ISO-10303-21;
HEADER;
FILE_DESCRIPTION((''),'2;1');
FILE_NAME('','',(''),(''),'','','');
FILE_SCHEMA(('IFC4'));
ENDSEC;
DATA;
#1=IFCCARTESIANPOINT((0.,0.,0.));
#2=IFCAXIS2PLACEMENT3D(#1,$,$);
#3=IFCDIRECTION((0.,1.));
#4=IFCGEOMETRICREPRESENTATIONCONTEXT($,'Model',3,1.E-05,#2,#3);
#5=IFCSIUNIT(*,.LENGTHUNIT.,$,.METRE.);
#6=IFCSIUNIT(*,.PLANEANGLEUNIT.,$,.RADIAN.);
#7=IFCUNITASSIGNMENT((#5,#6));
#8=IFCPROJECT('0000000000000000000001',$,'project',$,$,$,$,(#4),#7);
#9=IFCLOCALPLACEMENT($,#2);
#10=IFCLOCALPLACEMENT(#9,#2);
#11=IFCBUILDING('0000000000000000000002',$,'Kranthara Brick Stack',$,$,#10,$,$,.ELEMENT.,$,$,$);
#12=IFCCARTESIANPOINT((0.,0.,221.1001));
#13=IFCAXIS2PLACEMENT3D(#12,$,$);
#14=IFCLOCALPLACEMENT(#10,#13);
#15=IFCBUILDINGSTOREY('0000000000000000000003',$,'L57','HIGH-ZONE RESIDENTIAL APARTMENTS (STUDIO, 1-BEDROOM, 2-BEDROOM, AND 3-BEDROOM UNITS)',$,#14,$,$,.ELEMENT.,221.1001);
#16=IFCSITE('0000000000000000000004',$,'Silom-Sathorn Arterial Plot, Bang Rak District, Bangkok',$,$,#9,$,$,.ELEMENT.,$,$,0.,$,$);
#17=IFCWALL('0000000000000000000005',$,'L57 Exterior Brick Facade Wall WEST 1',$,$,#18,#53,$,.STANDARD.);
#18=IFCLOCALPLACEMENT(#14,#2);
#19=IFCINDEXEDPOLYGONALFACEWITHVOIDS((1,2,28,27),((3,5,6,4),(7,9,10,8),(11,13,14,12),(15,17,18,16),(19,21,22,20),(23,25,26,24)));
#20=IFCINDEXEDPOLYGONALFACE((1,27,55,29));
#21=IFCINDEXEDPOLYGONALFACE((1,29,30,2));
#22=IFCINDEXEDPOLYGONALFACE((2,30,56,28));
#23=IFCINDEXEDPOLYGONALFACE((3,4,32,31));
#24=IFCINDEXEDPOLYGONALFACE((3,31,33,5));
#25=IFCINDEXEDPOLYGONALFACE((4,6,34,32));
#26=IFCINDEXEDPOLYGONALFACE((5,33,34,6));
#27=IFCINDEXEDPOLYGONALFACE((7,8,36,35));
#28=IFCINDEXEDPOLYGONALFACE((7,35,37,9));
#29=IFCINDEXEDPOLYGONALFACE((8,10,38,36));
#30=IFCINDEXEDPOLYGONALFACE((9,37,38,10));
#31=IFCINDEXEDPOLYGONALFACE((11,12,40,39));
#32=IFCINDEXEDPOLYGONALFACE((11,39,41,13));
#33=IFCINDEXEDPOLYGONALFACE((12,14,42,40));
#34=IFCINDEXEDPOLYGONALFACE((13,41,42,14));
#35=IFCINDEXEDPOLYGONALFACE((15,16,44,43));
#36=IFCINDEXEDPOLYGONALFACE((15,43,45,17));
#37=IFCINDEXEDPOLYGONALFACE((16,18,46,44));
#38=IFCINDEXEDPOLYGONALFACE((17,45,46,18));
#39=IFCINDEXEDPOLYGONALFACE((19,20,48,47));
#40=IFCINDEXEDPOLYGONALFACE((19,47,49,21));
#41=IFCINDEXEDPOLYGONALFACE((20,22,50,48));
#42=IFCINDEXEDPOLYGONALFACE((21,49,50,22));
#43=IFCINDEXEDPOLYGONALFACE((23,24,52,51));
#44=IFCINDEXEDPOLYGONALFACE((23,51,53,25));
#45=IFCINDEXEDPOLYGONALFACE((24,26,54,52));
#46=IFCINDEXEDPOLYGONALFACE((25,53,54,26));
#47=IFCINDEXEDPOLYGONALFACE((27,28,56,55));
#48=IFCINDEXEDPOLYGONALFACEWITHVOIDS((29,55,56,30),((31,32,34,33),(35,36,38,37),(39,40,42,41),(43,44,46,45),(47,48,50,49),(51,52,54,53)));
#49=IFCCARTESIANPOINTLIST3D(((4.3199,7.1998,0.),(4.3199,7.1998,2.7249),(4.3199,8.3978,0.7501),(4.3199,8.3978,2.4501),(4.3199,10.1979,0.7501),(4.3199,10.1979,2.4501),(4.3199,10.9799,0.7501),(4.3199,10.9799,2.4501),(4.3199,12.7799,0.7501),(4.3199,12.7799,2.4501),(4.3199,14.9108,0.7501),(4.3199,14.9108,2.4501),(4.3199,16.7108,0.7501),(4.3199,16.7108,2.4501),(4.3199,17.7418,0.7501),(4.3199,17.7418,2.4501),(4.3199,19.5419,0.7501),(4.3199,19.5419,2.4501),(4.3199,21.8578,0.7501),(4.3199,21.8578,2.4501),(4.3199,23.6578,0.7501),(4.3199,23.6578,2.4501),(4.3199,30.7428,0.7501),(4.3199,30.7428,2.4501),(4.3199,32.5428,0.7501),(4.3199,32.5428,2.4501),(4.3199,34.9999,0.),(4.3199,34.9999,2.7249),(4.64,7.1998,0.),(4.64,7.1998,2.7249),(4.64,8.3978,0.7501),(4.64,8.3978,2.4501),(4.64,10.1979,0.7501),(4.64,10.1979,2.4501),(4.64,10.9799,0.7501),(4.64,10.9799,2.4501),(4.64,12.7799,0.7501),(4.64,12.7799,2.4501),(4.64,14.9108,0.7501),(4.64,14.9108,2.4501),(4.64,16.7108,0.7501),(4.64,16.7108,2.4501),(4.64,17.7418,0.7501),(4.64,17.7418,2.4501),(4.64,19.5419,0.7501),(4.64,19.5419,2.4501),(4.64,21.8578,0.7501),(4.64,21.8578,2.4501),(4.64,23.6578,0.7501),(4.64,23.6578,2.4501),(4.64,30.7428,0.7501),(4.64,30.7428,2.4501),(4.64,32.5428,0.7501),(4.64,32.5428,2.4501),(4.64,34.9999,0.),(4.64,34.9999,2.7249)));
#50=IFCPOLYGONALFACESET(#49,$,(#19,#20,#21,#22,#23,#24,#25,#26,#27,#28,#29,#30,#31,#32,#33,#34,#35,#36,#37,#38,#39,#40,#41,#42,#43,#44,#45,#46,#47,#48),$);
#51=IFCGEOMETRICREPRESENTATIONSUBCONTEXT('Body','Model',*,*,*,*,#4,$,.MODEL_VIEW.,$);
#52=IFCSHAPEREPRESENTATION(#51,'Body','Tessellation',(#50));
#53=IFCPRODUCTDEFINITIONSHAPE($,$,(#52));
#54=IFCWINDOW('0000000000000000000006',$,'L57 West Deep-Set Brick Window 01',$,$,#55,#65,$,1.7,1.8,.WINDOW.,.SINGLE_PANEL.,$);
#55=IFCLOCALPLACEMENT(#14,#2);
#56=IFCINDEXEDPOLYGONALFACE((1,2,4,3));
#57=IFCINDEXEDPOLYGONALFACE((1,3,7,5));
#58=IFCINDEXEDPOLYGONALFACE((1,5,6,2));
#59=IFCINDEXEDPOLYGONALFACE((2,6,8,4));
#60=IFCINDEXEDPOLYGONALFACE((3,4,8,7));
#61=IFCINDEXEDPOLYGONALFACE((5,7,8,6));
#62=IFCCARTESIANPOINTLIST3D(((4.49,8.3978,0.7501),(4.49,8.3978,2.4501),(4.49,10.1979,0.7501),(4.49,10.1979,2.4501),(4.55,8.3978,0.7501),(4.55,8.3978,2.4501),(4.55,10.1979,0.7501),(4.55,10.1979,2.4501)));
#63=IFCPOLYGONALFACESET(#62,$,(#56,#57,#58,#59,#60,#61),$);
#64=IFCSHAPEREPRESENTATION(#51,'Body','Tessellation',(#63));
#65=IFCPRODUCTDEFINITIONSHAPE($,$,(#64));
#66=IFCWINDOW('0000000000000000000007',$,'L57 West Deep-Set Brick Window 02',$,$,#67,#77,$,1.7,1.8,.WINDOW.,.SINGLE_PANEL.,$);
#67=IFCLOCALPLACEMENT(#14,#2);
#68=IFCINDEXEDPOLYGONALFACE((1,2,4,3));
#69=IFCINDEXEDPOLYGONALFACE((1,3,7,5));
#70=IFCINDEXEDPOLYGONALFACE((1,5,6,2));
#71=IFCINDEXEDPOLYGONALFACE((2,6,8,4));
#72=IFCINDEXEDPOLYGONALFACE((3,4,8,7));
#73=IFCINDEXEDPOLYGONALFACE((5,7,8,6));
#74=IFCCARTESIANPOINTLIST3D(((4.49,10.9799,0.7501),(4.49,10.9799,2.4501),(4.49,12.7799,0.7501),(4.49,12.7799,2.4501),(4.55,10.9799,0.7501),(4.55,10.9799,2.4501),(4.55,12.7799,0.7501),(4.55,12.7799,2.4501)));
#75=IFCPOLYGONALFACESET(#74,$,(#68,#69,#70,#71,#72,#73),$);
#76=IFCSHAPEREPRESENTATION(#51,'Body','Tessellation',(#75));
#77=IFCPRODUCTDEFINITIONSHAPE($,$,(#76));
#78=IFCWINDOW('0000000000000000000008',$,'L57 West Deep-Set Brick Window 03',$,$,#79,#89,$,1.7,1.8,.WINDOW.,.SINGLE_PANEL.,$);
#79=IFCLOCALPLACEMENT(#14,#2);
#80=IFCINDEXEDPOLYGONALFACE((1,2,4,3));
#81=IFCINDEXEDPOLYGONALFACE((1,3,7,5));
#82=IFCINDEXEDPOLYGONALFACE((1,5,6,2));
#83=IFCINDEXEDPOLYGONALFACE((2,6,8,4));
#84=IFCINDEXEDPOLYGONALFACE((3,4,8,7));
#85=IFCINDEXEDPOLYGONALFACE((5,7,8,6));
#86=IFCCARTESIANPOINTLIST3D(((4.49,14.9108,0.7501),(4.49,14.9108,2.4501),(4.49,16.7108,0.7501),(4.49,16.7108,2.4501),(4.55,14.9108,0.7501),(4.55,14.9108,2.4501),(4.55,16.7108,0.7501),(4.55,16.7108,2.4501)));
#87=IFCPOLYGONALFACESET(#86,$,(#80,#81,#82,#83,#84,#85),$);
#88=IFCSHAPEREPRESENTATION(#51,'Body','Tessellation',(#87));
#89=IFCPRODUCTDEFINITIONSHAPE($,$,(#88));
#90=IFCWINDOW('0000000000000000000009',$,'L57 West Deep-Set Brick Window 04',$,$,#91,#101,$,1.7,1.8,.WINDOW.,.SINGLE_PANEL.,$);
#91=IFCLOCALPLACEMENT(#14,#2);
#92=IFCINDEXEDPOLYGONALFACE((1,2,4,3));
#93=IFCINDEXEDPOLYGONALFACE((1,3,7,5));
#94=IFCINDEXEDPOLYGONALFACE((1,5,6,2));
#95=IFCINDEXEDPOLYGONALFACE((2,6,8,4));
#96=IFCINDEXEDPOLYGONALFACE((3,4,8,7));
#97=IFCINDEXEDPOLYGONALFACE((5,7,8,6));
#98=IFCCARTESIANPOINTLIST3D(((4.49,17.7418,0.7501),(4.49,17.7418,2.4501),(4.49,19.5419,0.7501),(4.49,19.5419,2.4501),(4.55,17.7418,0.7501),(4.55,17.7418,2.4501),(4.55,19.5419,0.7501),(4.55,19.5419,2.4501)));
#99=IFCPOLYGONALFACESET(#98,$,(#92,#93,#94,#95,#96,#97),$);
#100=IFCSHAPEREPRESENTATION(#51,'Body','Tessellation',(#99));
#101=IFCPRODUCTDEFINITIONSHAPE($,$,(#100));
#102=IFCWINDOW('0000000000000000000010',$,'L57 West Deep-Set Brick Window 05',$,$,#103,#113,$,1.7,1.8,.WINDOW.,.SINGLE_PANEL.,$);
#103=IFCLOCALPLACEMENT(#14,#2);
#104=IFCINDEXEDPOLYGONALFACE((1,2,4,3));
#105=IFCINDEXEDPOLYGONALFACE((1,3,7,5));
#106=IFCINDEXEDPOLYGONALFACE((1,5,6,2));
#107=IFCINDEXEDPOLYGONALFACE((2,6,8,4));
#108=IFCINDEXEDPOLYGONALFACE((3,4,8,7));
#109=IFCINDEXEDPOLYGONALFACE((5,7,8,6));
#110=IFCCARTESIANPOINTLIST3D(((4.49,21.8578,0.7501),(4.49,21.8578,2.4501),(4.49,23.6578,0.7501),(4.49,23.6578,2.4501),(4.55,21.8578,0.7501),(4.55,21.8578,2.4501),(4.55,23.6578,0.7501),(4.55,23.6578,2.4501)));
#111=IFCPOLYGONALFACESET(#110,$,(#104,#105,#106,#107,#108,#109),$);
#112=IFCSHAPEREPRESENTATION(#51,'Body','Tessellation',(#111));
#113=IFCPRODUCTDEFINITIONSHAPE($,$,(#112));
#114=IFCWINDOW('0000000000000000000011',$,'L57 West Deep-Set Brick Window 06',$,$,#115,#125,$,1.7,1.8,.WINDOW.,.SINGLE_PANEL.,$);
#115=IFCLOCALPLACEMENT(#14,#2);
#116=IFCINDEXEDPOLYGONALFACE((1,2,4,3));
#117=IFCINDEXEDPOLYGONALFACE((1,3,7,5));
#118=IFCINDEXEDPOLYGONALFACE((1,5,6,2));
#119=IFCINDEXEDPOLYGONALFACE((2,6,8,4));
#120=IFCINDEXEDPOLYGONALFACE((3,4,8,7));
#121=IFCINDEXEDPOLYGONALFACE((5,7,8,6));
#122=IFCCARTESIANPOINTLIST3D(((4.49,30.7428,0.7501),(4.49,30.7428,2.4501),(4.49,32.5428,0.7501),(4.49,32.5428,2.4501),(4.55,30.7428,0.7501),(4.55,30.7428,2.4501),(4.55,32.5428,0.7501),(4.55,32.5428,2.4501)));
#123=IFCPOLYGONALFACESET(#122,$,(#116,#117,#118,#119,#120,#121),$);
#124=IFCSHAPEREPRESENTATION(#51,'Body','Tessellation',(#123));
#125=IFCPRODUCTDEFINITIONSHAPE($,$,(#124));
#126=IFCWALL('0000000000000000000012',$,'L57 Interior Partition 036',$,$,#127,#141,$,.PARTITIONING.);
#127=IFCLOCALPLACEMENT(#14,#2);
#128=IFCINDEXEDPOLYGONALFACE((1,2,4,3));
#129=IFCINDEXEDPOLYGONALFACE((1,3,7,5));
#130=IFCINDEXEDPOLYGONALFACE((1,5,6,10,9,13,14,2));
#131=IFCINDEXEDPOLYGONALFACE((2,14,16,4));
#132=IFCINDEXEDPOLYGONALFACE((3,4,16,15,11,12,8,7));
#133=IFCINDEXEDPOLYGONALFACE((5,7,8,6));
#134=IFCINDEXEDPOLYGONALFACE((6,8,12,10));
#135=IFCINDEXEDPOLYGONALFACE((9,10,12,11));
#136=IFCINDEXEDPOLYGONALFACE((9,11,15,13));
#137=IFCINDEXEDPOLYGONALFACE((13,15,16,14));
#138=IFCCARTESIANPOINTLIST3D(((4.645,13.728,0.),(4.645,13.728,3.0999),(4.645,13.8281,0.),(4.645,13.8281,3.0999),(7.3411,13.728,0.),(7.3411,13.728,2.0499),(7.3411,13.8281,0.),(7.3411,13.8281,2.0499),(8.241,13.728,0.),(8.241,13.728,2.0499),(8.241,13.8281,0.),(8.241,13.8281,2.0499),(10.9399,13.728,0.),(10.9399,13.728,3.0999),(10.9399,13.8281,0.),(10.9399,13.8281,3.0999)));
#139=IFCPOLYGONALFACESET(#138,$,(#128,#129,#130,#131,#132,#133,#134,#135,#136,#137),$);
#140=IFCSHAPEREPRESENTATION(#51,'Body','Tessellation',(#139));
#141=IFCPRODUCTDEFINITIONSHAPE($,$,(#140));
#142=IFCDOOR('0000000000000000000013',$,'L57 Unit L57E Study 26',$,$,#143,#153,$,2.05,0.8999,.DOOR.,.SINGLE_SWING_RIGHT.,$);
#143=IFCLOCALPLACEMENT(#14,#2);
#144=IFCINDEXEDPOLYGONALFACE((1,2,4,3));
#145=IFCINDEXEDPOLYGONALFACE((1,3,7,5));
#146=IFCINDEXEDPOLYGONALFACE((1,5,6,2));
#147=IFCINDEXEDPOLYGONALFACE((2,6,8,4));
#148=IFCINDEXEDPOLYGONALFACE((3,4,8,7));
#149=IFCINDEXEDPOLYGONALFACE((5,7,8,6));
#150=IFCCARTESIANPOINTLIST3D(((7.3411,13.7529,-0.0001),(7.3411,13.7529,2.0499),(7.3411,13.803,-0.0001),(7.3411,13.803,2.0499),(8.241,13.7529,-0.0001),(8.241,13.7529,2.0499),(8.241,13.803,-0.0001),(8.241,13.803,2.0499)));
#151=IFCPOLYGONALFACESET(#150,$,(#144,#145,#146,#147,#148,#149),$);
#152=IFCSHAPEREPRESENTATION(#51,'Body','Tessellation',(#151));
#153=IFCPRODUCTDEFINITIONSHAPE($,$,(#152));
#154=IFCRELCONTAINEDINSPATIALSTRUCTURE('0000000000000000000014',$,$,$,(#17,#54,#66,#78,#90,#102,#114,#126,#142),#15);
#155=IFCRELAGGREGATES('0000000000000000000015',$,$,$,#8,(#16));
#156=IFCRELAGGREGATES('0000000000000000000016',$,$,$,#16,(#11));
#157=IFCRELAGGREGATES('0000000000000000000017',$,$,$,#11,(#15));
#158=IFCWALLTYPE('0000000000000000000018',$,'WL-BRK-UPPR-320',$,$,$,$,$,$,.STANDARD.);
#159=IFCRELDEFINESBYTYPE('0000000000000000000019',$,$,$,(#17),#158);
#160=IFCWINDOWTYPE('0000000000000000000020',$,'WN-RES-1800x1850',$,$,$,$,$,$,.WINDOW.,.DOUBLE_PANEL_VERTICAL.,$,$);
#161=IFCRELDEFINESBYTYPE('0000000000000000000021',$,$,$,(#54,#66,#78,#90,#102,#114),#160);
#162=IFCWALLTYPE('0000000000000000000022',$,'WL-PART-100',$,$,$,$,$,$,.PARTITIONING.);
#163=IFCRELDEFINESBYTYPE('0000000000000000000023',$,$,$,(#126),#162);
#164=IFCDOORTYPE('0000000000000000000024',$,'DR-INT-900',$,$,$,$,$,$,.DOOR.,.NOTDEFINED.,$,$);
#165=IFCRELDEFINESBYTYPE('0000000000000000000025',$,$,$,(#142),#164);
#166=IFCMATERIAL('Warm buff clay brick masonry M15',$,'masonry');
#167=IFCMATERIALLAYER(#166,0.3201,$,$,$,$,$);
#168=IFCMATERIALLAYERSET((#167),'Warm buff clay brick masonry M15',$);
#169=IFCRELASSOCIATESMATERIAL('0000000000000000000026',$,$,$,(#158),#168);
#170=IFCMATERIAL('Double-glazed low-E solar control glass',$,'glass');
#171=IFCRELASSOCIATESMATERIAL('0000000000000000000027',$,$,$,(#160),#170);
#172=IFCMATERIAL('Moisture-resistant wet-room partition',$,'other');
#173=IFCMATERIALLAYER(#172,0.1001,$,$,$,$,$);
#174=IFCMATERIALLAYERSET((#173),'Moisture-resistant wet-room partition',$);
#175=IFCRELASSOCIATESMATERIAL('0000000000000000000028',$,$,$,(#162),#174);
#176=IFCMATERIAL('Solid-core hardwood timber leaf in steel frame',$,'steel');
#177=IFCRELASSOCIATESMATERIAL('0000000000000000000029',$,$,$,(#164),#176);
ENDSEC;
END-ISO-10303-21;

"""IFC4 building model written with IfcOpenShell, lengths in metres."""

from ifc_helpers import new_model, si_unit, direction, frame, frame_2d, origin, place, context, subcontext, project, spatial, rectangle, extrude, material, layer, layer_set, type_object, element, fill, save


model = new_model("IFC4")

# Units and contexts
model_context = context("Model", 3, precision=1e-05, world=origin(), true_north=direction((0.0, 1.0)))
body_context = subcontext(model_context, "Body", "Model", "MODEL_VIEW")
ifc_project = project(units=[si_unit("LENGTHUNIT", "METRE"), si_unit("PLANEANGLEUNIT", "RADIAN")], contexts=[model_context])

# Site, building, storey
site_placement = place(None, origin())
site = spatial("IfcSite", under=ifc_project, at=site_placement, Name="Silom-Sathorn Arterial Plot, Bang Rak District, Bangkok", CompositionType="ELEMENT", RefElevation=0.0)
building_placement = place(site_placement, origin())
building = spatial("IfcBuilding", under=site, at=building_placement, Name="Kranthara Brick Stack", CompositionType="ELEMENT")
storey_placement = place(building_placement, frame((0.0, 0.0, 221.1001)))
storey = spatial("IfcBuildingStorey", under=building, at=storey_placement, Name="L57", Description="HIGH-ZONE RESIDENTIAL APARTMENTS (STUDIO, 1-BEDROOM, 2-BEDROOM, AND 3-BEDROOM UNITS)", CompositionType="ELEMENT", Elevation=221.1001)

# Wall, openings, windows
ifc_material_1 = material(Name="Warm buff clay brick masonry M15", Category="masonry")
ifc_layer_1 = layer(ifc_material_1, 0.3201)
ifc_layer_set_1 = layer_set([ifc_layer_1], Name="Warm buff clay brick masonry M15")
wall_type_1 = type_object("IfcWallType", Name="WL-BRK-UPPR-320", PredefinedType="STANDARD", material=ifc_layer_set_1)
wall_1_placement = place(storey_placement, frame((4.48, 7.2, 0.0), z_axis=(0.0, 0.0, 1.0), x_axis=(0.0, 1.0, 0.0)))
wall_1 = element("IfcWall", 1, at=wall_1_placement, inside=storey, type_object=wall_type_1, Name="L57 Exterior Brick Facade Wall WEST 1", PredefinedType="STANDARD", context=body_context, shape_type="SweptSolid", body=[
    extrude(rectangle(XDim=27.8, YDim=0.3201, at=frame_2d((13.8999, 0.0))), origin(), (0.0, 0.0, 1.0), 2.7249),
])
opening_1_placement = place(wall_1_placement, frame((1.198, 0.0, 0.75)))
opening_1 = element("IfcOpeningElement", 2, at=opening_1_placement, cuts=wall_1, PredefinedType="OPENING", context=body_context, shape_type="SweptSolid", body=[
    extrude(rectangle(XDim=1.8, YDim=1.7, at=frame_2d((0.8999, 0.8501))), frame((0.0, 0.1699, 0.0), z_axis=(0.0, -1.0, 0.0), x_axis=(1.0, 0.0, 0.0)), (0.0, 0.0, 1.0), 0.3401),
])
opening_2_placement = place(wall_1_placement, frame((3.78, 0.0, 0.75)))
opening_2 = element("IfcOpeningElement", 3, at=opening_2_placement, cuts=wall_1, PredefinedType="OPENING", context=body_context, shape_type="SweptSolid", body=[
    extrude(rectangle(XDim=1.8, YDim=1.7, at=frame_2d((0.8999, 0.8501))), frame((0.0, 0.1699, 0.0), z_axis=(0.0, -1.0, 0.0), x_axis=(1.0, 0.0, 0.0)), (0.0, 0.0, 1.0), 0.3401),
])
opening_3_placement = place(wall_1_placement, frame((7.7109, 0.0, 0.75)))
opening_3 = element("IfcOpeningElement", 4, at=opening_3_placement, cuts=wall_1, PredefinedType="OPENING", context=body_context, shape_type="SweptSolid", body=[
    extrude(rectangle(XDim=1.8, YDim=1.7, at=frame_2d((0.8999, 0.8501))), frame((0.0, 0.1699, 0.0), z_axis=(0.0, -1.0, 0.0), x_axis=(1.0, 0.0, 0.0)), (0.0, 0.0, 1.0), 0.3401),
])
opening_4_placement = place(wall_1_placement, frame((10.542, 0.0, 0.75)))
opening_4 = element("IfcOpeningElement", 5, at=opening_4_placement, cuts=wall_1, PredefinedType="OPENING", context=body_context, shape_type="SweptSolid", body=[
    extrude(rectangle(XDim=1.8, YDim=1.7, at=frame_2d((0.8999, 0.8501))), frame((0.0, 0.1699, 0.0), z_axis=(0.0, -1.0, 0.0), x_axis=(1.0, 0.0, 0.0)), (0.0, 0.0, 1.0), 0.3401),
])
opening_5_placement = place(wall_1_placement, frame((14.658, 0.0, 0.75)))
opening_5 = element("IfcOpeningElement", 6, at=opening_5_placement, cuts=wall_1, PredefinedType="OPENING", context=body_context, shape_type="SweptSolid", body=[
    extrude(rectangle(XDim=1.8, YDim=1.7, at=frame_2d((0.8999, 0.8501))), frame((0.0, 0.1699, 0.0), z_axis=(0.0, -1.0, 0.0), x_axis=(1.0, 0.0, 0.0)), (0.0, 0.0, 1.0), 0.3401),
])
opening_6_placement = place(wall_1_placement, frame((23.543, 0.0, 0.75)))
opening_6 = element("IfcOpeningElement", 7, at=opening_6_placement, cuts=wall_1, PredefinedType="OPENING", context=body_context, shape_type="SweptSolid", body=[
    extrude(rectangle(XDim=1.8, YDim=1.7, at=frame_2d((0.8999, 0.8501))), frame((0.0, 0.1699, 0.0), z_axis=(0.0, -1.0, 0.0), x_axis=(1.0, 0.0, 0.0)), (0.0, 0.0, 1.0), 0.3401),
])
ifc_material_2 = material(Name="Double-glazed low-E solar control glass", Category="glass")
window_type = type_object("IfcWindowType", Name="WN-RES-1800x1850", PartitioningType="DOUBLE_PANEL_VERTICAL", PredefinedType="WINDOW", material=ifc_material_2)
window_1_placement = place(opening_1_placement, origin())
window_1 = element("IfcWindow", 8, at=window_1_placement, inside=storey, type_object=window_type, Name="L57 West Deep-Set Brick Window 01", OverallHeight=1.7, OverallWidth=1.8, PartitioningType="SINGLE_PANEL", PredefinedType="WINDOW", context=body_context, shape_type="SweptSolid", body=[
    extrude(rectangle(XDim=1.8, YDim=1.7, at=frame_2d((0.8999, 0.8501))), frame((0.0, -0.01, 0.0), z_axis=(0.0, -1.0, 0.0), x_axis=(1.0, 0.0, 0.0)), (0.0, 0.0, 1.0), 0.0601),
])
fill(opening_1, window_1)
window_2_placement = place(opening_2_placement, origin())
window_2 = element("IfcWindow", 9, at=window_2_placement, inside=storey, type_object=window_type, Name="L57 West Deep-Set Brick Window 02", OverallHeight=1.7, OverallWidth=1.8, PartitioningType="SINGLE_PANEL", PredefinedType="WINDOW", context=body_context, shape_type="SweptSolid", body=[
    extrude(rectangle(XDim=1.8, YDim=1.7, at=frame_2d((0.8999, 0.8501))), frame((0.0, -0.01, 0.0), z_axis=(0.0, -1.0, 0.0), x_axis=(1.0, 0.0, 0.0)), (0.0, 0.0, 1.0), 0.0601),
])
fill(opening_2, window_2)
window_3_placement = place(opening_3_placement, origin())
window_3 = element("IfcWindow", 10, at=window_3_placement, inside=storey, type_object=window_type, Name="L57 West Deep-Set Brick Window 03", OverallHeight=1.7, OverallWidth=1.8, PartitioningType="SINGLE_PANEL", PredefinedType="WINDOW", context=body_context, shape_type="SweptSolid", body=[
    extrude(rectangle(XDim=1.8, YDim=1.7, at=frame_2d((0.8999, 0.8501))), frame((0.0, -0.01, 0.0), z_axis=(0.0, -1.0, 0.0), x_axis=(1.0, 0.0, 0.0)), (0.0, 0.0, 1.0), 0.0601),
])
fill(opening_3, window_3)
window_4_placement = place(opening_4_placement, origin())
window_4 = element("IfcWindow", 11, at=window_4_placement, inside=storey, type_object=window_type, Name="L57 West Deep-Set Brick Window 04", OverallHeight=1.7, OverallWidth=1.8, PartitioningType="SINGLE_PANEL", PredefinedType="WINDOW", context=body_context, shape_type="SweptSolid", body=[
    extrude(rectangle(XDim=1.8, YDim=1.7, at=frame_2d((0.8999, 0.8501))), frame((0.0, -0.01, 0.0), z_axis=(0.0, -1.0, 0.0), x_axis=(1.0, 0.0, 0.0)), (0.0, 0.0, 1.0), 0.0601),
])
fill(opening_4, window_4)
window_5_placement = place(opening_5_placement, origin())
window_5 = element("IfcWindow", 12, at=window_5_placement, inside=storey, type_object=window_type, Name="L57 West Deep-Set Brick Window 05", OverallHeight=1.7, OverallWidth=1.8, PartitioningType="SINGLE_PANEL", PredefinedType="WINDOW", context=body_context, shape_type="SweptSolid", body=[
    extrude(rectangle(XDim=1.8, YDim=1.7, at=frame_2d((0.8999, 0.8501))), frame((0.0, -0.01, 0.0), z_axis=(0.0, -1.0, 0.0), x_axis=(1.0, 0.0, 0.0)), (0.0, 0.0, 1.0), 0.0601),
])
fill(opening_5, window_5)
window_6_placement = place(opening_6_placement, origin())
window_6 = element("IfcWindow", 13, at=window_6_placement, inside=storey, type_object=window_type, Name="L57 West Deep-Set Brick Window 06", OverallHeight=1.7, OverallWidth=1.8, PartitioningType="SINGLE_PANEL", PredefinedType="WINDOW", context=body_context, shape_type="SweptSolid", body=[
    extrude(rectangle(XDim=1.8, YDim=1.7, at=frame_2d((0.8999, 0.8501))), frame((0.0, -0.01, 0.0), z_axis=(0.0, -1.0, 0.0), x_axis=(1.0, 0.0, 0.0)), (0.0, 0.0, 1.0), 0.0601),
])
fill(opening_6, window_6)

# Wall, opening, door
ifc_material_3 = material(Name="Moisture-resistant wet-room partition", Category="other")
ifc_layer_2 = layer(ifc_material_3, 0.1001)
ifc_layer_set_2 = layer_set([ifc_layer_2], Name="Moisture-resistant wet-room partition")
wall_type_2 = type_object("IfcWallType", Name="WL-PART-100", PredefinedType="PARTITIONING", material=ifc_layer_set_2)
wall_2_placement = place(storey_placement, frame((4.645, 13.7781, 0.0), z_axis=(0.0, 0.0, 1.0), x_axis=(1.0, 0.0, 0.0)))
wall_2 = element("IfcWall", 14, at=wall_2_placement, inside=storey, type_object=wall_type_2, Name="L57 Interior Partition 036", PredefinedType="PARTITIONING", context=body_context, shape_type="SweptSolid", body=[
    extrude(rectangle(XDim=6.2949, YDim=0.1001, at=frame_2d((3.1475, 0.0))), origin(), (0.0, 0.0, 1.0), 3.0999),
])
opening_7_placement = place(wall_2_placement, frame((2.696, 0.0, 0.0)))
opening_7 = element("IfcOpeningElement", 15, at=opening_7_placement, cuts=wall_2, PredefinedType="OPENING", context=body_context, shape_type="SweptSolid", body=[
    extrude(rectangle(XDim=0.8999, YDim=2.05, at=frame_2d((0.45, 1.0249))), frame((0.0, 0.0601, 0.0), z_axis=(0.0, -1.0, 0.0), x_axis=(1.0, 0.0, 0.0)), (0.0, 0.0, 1.0), 0.1201),
])
ifc_material_4 = material(Name="Solid-core hardwood timber leaf in steel frame", Category="steel")
door_type_1 = type_object("IfcDoorType", Name="DR-INT-900", OperationType="NOTDEFINED", PredefinedType="DOOR", material=ifc_material_4)
door_1_placement = place(opening_7_placement, origin())
door_1 = element("IfcDoor", 16, at=door_1_placement, inside=storey, type_object=door_type_1, Name="L57 Unit L57E Study 26", OperationType="SINGLE_SWING_RIGHT", OverallHeight=2.05, OverallWidth=0.8999, PredefinedType="DOOR", context=body_context, shape_type="SweptSolid", body=[
    extrude(rectangle(XDim=0.8999, YDim=2.05, at=frame_2d((0.45, 1.0249))), frame((0.0, 0.0249, 0.0), z_axis=(0.0, -1.0, 0.0), x_axis=(1.0, 0.0, 0.0)), (0.0, 0.0, 1.0), 0.05),
])
fill(opening_7, door_1)

save(model, "model.ifc")
